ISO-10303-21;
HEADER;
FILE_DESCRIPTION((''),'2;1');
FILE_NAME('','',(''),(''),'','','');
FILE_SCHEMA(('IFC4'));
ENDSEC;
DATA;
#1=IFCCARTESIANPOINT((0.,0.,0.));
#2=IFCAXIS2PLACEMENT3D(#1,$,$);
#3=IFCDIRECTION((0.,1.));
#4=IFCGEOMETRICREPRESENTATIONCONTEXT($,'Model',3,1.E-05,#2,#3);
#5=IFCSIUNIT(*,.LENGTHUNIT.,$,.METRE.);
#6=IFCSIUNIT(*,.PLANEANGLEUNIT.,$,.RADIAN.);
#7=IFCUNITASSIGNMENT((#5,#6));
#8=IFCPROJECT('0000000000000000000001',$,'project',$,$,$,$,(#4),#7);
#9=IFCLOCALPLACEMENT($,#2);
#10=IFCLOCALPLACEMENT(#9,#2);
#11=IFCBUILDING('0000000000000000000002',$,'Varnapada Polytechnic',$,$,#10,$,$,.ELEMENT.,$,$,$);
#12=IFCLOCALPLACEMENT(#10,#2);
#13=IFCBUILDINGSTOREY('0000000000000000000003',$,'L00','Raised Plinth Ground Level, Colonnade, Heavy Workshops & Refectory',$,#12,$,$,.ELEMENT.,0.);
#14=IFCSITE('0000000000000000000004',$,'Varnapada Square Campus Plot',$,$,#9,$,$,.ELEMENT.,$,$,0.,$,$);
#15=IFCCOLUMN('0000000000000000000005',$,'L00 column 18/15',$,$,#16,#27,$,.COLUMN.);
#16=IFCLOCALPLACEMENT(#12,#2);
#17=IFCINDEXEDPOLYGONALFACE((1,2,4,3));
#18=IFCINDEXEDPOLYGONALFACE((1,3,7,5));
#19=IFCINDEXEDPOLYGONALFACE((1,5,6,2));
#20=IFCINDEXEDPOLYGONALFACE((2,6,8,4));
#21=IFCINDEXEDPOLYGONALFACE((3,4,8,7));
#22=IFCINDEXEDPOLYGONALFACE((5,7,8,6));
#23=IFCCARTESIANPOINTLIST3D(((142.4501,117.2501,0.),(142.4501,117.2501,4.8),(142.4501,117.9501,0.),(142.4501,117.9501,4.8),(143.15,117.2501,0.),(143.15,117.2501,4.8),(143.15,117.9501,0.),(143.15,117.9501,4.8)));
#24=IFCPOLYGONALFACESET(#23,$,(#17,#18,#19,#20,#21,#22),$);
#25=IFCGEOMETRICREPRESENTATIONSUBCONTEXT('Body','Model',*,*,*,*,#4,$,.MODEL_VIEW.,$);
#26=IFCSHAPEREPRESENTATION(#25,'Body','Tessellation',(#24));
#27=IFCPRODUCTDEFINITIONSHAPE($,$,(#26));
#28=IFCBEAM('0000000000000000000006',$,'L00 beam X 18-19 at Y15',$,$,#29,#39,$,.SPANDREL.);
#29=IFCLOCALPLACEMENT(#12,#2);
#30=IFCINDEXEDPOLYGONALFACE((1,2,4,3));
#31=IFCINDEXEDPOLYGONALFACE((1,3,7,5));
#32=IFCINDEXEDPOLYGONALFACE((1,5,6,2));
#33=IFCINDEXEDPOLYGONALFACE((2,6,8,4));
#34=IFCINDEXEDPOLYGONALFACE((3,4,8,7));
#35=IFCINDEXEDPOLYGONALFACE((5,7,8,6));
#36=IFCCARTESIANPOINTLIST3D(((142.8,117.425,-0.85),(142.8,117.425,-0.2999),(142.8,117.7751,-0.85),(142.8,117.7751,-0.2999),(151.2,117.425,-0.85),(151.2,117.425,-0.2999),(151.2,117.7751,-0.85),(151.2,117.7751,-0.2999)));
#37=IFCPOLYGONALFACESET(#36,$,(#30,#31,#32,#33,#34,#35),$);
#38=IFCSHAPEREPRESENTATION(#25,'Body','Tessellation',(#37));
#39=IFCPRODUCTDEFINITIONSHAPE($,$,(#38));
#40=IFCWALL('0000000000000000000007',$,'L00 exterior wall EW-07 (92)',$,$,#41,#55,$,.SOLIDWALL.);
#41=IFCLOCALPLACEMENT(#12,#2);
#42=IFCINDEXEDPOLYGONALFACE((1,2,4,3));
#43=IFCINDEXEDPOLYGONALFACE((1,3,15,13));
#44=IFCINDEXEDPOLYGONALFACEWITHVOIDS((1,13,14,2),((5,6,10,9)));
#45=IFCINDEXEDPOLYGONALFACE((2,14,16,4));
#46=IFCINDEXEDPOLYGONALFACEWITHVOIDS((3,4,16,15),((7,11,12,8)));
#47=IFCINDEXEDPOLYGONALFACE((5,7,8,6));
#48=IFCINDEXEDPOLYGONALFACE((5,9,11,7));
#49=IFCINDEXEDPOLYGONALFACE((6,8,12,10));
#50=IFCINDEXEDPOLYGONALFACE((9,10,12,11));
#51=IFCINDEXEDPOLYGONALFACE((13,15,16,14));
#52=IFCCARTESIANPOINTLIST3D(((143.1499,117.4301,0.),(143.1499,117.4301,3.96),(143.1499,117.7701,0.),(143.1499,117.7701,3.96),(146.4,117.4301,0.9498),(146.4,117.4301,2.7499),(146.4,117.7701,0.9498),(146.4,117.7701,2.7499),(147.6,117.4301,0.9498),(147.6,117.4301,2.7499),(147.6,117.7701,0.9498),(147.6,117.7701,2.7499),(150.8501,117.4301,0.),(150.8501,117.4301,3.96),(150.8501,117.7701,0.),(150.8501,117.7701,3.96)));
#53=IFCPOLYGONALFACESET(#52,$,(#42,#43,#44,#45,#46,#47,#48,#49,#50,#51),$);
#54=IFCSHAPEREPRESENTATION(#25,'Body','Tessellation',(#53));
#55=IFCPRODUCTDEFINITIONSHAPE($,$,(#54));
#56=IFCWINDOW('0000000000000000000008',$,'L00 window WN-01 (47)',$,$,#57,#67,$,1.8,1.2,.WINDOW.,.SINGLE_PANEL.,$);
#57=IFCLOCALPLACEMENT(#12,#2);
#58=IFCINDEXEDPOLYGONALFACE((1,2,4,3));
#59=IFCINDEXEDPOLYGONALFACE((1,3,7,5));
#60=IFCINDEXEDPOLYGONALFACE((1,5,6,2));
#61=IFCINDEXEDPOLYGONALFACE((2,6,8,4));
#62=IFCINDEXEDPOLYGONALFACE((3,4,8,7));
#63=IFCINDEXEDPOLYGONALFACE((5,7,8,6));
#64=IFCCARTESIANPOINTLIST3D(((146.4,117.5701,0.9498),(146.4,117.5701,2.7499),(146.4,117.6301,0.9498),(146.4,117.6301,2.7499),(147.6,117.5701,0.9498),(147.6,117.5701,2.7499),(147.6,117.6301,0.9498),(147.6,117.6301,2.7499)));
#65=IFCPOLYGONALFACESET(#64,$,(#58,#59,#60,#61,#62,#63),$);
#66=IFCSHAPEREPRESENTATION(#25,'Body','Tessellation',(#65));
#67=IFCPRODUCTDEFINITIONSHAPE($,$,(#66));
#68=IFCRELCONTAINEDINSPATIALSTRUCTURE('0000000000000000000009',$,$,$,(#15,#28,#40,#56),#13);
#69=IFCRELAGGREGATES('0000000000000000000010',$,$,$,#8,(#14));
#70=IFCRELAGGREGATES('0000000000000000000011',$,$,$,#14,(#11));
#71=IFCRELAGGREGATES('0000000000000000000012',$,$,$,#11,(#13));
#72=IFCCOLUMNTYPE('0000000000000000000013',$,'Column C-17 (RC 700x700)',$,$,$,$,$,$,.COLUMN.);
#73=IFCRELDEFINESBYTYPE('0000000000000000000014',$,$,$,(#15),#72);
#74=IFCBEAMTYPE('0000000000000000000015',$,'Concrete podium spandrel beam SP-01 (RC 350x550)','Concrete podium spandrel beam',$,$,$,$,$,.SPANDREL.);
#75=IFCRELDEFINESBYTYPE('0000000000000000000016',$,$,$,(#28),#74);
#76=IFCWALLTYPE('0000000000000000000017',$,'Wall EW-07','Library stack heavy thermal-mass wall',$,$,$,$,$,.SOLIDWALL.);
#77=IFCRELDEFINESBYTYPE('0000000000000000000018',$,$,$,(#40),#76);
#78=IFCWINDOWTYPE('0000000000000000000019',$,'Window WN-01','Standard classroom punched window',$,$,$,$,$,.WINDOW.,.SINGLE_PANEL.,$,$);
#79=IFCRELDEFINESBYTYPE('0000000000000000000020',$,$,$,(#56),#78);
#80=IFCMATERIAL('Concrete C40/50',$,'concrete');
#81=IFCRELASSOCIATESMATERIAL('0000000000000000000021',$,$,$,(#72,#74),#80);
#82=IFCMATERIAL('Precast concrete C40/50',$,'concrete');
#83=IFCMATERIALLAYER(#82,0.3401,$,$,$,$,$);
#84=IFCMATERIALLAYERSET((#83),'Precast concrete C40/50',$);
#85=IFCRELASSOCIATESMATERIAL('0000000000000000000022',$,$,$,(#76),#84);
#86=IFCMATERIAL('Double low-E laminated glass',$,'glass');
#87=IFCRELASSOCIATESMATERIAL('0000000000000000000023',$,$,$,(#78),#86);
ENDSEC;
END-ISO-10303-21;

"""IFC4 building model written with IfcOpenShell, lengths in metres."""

from ifc_helpers import new_model, si_unit, direction, frame, frame_2d, origin, origin_2d, place, context, subcontext, project, spatial, rectangle, extrude, material, layer, layer_set, material_profile, profile_set, type_object, element, fill, save


model = new_model("IFC4")

# Units and contexts
model_context = context("Model", 3, precision=1e-05, world=origin(), true_north=direction((0.0, 1.0)))
body_context = subcontext(model_context, "Body", "Model", "MODEL_VIEW")
ifc_project = project(units=[si_unit("LENGTHUNIT", "METRE"), si_unit("PLANEANGLEUNIT", "RADIAN")], contexts=[model_context])

# Site, building, storey
site_placement = place(None, origin())
site = spatial("IfcSite", under=ifc_project, at=site_placement, Name="Varnapada Square Campus Plot", CompositionType="ELEMENT", RefElevation=0.0)
building_placement = place(site_placement, origin())
building = spatial("IfcBuilding", under=site, at=building_placement, Name="Varnapada Polytechnic", CompositionType="ELEMENT")
storey_placement = place(building_placement, origin())
storey = spatial("IfcBuildingStorey", under=building, at=storey_placement, Name="L00", Description="Raised Plinth Ground Level, Colonnade, Heavy Workshops & Refectory", CompositionType="ELEMENT", Elevation=0.0)

# Column
ifc_material_1 = material(Name="Concrete C40/50", Category="concrete")
ifc_material_profile_1 = material_profile(ifc_material_1, rectangle(XDim=0.7, YDim=0.7, at=origin_2d()), Name="RC 700x700")
ifc_profile_set_1 = profile_set([ifc_material_profile_1], Name="Concrete C40/50")
column_type = type_object("IfcColumnType", Name="Column C-17 (RC 700x700)", PredefinedType="COLUMN", material=ifc_profile_set_1)
column_placement = place(storey_placement, frame((142.8, 117.6001, 0.0), z_axis=(0.0, 0.0, 1.0), x_axis=(1.0, 0.0, 0.0)))
element("IfcColumn", 1, at=column_placement, inside=storey, type_object=column_type, Name="L00 column 18/15", PredefinedType="COLUMN", context=body_context, shape_type="SweptSolid", body=[
    extrude(rectangle(XDim=0.7, YDim=0.7, at=origin_2d()), origin(), (0.0, 0.0, 1.0), 4.8),
])

# Beam
ifc_material_profile_2 = material_profile(ifc_material_1, rectangle(XDim=0.3501, YDim=0.55, at=origin_2d()), Name="RC 350x550")
ifc_profile_set_2 = profile_set([ifc_material_profile_2], Name="Concrete C40/50")
beam_type = type_object("IfcBeamType", Name="Concrete podium spandrel beam SP-01 (RC 350x550)", Description="Concrete podium spandrel beam", PredefinedType="SPANDREL", material=ifc_profile_set_2)
beam_placement = place(storey_placement, frame((142.8, 117.6001, -0.575), z_axis=(1.0, 0.0, 0.0), x_axis=(0.0, 1.0, 0.0)))
element("IfcBeam", 2, at=beam_placement, inside=storey, type_object=beam_type, Name="L00 beam X 18-19 at Y15", PredefinedType="SPANDREL", context=body_context, shape_type="SweptSolid", body=[
    extrude(rectangle(XDim=0.3501, YDim=0.55, at=origin_2d()), origin(), (0.0, 0.0, 1.0), 8.3999),
])

# Wall, opening, window
ifc_material_2 = material(Name="Precast concrete C40/50", Category="concrete")
ifc_layer_1 = layer(ifc_material_2, 0.3401)
ifc_layer_set_1 = layer_set([ifc_layer_1], Name="Precast concrete C40/50")
wall_type = type_object("IfcWallType", Name="Wall EW-07", Description="Library stack heavy thermal-mass wall", PredefinedType="SOLIDWALL", material=ifc_layer_set_1)
wall_placement = place(storey_placement, frame((143.1499, 117.6001, 0.0), z_axis=(0.0, 0.0, 1.0), x_axis=(1.0, 0.0, 0.0)))
wall = element("IfcWall", 3, at=wall_placement, inside=storey, type_object=wall_type, Name="L00 exterior wall EW-07 (92)", PredefinedType="SOLIDWALL", context=body_context, shape_type="SweptSolid", body=[
    extrude(rectangle(XDim=7.7002, YDim=0.3401, at=frame_2d((3.8501, 0.0))), origin(), (0.0, 0.0, 1.0), 3.96),
])
opening_1_placement = place(wall_placement, frame((3.25, 0.0, 0.95)))
opening_1 = element("IfcOpeningElement", 4, at=opening_1_placement, cuts=wall, PredefinedType="OPENING", context=body_context, shape_type="SweptSolid", body=[
    extrude(rectangle(XDim=1.2, YDim=1.8, at=frame_2d((0.6001, 0.8999))), frame((0.0, 0.1799, 0.0), z_axis=(0.0, -1.0, 0.0), x_axis=(1.0, 0.0, 0.0)), (0.0, 0.0, 1.0), 0.3601),
])
ifc_material_3 = material(Name="Double low-E laminated glass", Category="glass")
window_type = type_object("IfcWindowType", Name="Window WN-01", Description="Standard classroom punched window", PartitioningType="SINGLE_PANEL", PredefinedType="WINDOW", material=ifc_material_3)
window_placement = place(opening_1_placement, origin())
window = element("IfcWindow", 5, at=window_placement, inside=storey, type_object=window_type, Name="L00 window WN-01 (47)", OverallHeight=1.8, OverallWidth=1.2, PartitioningType="SINGLE_PANEL", PredefinedType="WINDOW", context=body_context, shape_type="SweptSolid", body=[
    extrude(rectangle(XDim=1.2, YDim=1.8, at=frame_2d((0.6001, 0.8999))), frame((0.0, 0.03, 0.0), z_axis=(0.0, -1.0, 0.0), x_axis=(1.0, 0.0, 0.0)), (0.0, 0.0, 1.0), 0.0601),
])
fill(opening_1, window)

save(model, "model.ifc")
